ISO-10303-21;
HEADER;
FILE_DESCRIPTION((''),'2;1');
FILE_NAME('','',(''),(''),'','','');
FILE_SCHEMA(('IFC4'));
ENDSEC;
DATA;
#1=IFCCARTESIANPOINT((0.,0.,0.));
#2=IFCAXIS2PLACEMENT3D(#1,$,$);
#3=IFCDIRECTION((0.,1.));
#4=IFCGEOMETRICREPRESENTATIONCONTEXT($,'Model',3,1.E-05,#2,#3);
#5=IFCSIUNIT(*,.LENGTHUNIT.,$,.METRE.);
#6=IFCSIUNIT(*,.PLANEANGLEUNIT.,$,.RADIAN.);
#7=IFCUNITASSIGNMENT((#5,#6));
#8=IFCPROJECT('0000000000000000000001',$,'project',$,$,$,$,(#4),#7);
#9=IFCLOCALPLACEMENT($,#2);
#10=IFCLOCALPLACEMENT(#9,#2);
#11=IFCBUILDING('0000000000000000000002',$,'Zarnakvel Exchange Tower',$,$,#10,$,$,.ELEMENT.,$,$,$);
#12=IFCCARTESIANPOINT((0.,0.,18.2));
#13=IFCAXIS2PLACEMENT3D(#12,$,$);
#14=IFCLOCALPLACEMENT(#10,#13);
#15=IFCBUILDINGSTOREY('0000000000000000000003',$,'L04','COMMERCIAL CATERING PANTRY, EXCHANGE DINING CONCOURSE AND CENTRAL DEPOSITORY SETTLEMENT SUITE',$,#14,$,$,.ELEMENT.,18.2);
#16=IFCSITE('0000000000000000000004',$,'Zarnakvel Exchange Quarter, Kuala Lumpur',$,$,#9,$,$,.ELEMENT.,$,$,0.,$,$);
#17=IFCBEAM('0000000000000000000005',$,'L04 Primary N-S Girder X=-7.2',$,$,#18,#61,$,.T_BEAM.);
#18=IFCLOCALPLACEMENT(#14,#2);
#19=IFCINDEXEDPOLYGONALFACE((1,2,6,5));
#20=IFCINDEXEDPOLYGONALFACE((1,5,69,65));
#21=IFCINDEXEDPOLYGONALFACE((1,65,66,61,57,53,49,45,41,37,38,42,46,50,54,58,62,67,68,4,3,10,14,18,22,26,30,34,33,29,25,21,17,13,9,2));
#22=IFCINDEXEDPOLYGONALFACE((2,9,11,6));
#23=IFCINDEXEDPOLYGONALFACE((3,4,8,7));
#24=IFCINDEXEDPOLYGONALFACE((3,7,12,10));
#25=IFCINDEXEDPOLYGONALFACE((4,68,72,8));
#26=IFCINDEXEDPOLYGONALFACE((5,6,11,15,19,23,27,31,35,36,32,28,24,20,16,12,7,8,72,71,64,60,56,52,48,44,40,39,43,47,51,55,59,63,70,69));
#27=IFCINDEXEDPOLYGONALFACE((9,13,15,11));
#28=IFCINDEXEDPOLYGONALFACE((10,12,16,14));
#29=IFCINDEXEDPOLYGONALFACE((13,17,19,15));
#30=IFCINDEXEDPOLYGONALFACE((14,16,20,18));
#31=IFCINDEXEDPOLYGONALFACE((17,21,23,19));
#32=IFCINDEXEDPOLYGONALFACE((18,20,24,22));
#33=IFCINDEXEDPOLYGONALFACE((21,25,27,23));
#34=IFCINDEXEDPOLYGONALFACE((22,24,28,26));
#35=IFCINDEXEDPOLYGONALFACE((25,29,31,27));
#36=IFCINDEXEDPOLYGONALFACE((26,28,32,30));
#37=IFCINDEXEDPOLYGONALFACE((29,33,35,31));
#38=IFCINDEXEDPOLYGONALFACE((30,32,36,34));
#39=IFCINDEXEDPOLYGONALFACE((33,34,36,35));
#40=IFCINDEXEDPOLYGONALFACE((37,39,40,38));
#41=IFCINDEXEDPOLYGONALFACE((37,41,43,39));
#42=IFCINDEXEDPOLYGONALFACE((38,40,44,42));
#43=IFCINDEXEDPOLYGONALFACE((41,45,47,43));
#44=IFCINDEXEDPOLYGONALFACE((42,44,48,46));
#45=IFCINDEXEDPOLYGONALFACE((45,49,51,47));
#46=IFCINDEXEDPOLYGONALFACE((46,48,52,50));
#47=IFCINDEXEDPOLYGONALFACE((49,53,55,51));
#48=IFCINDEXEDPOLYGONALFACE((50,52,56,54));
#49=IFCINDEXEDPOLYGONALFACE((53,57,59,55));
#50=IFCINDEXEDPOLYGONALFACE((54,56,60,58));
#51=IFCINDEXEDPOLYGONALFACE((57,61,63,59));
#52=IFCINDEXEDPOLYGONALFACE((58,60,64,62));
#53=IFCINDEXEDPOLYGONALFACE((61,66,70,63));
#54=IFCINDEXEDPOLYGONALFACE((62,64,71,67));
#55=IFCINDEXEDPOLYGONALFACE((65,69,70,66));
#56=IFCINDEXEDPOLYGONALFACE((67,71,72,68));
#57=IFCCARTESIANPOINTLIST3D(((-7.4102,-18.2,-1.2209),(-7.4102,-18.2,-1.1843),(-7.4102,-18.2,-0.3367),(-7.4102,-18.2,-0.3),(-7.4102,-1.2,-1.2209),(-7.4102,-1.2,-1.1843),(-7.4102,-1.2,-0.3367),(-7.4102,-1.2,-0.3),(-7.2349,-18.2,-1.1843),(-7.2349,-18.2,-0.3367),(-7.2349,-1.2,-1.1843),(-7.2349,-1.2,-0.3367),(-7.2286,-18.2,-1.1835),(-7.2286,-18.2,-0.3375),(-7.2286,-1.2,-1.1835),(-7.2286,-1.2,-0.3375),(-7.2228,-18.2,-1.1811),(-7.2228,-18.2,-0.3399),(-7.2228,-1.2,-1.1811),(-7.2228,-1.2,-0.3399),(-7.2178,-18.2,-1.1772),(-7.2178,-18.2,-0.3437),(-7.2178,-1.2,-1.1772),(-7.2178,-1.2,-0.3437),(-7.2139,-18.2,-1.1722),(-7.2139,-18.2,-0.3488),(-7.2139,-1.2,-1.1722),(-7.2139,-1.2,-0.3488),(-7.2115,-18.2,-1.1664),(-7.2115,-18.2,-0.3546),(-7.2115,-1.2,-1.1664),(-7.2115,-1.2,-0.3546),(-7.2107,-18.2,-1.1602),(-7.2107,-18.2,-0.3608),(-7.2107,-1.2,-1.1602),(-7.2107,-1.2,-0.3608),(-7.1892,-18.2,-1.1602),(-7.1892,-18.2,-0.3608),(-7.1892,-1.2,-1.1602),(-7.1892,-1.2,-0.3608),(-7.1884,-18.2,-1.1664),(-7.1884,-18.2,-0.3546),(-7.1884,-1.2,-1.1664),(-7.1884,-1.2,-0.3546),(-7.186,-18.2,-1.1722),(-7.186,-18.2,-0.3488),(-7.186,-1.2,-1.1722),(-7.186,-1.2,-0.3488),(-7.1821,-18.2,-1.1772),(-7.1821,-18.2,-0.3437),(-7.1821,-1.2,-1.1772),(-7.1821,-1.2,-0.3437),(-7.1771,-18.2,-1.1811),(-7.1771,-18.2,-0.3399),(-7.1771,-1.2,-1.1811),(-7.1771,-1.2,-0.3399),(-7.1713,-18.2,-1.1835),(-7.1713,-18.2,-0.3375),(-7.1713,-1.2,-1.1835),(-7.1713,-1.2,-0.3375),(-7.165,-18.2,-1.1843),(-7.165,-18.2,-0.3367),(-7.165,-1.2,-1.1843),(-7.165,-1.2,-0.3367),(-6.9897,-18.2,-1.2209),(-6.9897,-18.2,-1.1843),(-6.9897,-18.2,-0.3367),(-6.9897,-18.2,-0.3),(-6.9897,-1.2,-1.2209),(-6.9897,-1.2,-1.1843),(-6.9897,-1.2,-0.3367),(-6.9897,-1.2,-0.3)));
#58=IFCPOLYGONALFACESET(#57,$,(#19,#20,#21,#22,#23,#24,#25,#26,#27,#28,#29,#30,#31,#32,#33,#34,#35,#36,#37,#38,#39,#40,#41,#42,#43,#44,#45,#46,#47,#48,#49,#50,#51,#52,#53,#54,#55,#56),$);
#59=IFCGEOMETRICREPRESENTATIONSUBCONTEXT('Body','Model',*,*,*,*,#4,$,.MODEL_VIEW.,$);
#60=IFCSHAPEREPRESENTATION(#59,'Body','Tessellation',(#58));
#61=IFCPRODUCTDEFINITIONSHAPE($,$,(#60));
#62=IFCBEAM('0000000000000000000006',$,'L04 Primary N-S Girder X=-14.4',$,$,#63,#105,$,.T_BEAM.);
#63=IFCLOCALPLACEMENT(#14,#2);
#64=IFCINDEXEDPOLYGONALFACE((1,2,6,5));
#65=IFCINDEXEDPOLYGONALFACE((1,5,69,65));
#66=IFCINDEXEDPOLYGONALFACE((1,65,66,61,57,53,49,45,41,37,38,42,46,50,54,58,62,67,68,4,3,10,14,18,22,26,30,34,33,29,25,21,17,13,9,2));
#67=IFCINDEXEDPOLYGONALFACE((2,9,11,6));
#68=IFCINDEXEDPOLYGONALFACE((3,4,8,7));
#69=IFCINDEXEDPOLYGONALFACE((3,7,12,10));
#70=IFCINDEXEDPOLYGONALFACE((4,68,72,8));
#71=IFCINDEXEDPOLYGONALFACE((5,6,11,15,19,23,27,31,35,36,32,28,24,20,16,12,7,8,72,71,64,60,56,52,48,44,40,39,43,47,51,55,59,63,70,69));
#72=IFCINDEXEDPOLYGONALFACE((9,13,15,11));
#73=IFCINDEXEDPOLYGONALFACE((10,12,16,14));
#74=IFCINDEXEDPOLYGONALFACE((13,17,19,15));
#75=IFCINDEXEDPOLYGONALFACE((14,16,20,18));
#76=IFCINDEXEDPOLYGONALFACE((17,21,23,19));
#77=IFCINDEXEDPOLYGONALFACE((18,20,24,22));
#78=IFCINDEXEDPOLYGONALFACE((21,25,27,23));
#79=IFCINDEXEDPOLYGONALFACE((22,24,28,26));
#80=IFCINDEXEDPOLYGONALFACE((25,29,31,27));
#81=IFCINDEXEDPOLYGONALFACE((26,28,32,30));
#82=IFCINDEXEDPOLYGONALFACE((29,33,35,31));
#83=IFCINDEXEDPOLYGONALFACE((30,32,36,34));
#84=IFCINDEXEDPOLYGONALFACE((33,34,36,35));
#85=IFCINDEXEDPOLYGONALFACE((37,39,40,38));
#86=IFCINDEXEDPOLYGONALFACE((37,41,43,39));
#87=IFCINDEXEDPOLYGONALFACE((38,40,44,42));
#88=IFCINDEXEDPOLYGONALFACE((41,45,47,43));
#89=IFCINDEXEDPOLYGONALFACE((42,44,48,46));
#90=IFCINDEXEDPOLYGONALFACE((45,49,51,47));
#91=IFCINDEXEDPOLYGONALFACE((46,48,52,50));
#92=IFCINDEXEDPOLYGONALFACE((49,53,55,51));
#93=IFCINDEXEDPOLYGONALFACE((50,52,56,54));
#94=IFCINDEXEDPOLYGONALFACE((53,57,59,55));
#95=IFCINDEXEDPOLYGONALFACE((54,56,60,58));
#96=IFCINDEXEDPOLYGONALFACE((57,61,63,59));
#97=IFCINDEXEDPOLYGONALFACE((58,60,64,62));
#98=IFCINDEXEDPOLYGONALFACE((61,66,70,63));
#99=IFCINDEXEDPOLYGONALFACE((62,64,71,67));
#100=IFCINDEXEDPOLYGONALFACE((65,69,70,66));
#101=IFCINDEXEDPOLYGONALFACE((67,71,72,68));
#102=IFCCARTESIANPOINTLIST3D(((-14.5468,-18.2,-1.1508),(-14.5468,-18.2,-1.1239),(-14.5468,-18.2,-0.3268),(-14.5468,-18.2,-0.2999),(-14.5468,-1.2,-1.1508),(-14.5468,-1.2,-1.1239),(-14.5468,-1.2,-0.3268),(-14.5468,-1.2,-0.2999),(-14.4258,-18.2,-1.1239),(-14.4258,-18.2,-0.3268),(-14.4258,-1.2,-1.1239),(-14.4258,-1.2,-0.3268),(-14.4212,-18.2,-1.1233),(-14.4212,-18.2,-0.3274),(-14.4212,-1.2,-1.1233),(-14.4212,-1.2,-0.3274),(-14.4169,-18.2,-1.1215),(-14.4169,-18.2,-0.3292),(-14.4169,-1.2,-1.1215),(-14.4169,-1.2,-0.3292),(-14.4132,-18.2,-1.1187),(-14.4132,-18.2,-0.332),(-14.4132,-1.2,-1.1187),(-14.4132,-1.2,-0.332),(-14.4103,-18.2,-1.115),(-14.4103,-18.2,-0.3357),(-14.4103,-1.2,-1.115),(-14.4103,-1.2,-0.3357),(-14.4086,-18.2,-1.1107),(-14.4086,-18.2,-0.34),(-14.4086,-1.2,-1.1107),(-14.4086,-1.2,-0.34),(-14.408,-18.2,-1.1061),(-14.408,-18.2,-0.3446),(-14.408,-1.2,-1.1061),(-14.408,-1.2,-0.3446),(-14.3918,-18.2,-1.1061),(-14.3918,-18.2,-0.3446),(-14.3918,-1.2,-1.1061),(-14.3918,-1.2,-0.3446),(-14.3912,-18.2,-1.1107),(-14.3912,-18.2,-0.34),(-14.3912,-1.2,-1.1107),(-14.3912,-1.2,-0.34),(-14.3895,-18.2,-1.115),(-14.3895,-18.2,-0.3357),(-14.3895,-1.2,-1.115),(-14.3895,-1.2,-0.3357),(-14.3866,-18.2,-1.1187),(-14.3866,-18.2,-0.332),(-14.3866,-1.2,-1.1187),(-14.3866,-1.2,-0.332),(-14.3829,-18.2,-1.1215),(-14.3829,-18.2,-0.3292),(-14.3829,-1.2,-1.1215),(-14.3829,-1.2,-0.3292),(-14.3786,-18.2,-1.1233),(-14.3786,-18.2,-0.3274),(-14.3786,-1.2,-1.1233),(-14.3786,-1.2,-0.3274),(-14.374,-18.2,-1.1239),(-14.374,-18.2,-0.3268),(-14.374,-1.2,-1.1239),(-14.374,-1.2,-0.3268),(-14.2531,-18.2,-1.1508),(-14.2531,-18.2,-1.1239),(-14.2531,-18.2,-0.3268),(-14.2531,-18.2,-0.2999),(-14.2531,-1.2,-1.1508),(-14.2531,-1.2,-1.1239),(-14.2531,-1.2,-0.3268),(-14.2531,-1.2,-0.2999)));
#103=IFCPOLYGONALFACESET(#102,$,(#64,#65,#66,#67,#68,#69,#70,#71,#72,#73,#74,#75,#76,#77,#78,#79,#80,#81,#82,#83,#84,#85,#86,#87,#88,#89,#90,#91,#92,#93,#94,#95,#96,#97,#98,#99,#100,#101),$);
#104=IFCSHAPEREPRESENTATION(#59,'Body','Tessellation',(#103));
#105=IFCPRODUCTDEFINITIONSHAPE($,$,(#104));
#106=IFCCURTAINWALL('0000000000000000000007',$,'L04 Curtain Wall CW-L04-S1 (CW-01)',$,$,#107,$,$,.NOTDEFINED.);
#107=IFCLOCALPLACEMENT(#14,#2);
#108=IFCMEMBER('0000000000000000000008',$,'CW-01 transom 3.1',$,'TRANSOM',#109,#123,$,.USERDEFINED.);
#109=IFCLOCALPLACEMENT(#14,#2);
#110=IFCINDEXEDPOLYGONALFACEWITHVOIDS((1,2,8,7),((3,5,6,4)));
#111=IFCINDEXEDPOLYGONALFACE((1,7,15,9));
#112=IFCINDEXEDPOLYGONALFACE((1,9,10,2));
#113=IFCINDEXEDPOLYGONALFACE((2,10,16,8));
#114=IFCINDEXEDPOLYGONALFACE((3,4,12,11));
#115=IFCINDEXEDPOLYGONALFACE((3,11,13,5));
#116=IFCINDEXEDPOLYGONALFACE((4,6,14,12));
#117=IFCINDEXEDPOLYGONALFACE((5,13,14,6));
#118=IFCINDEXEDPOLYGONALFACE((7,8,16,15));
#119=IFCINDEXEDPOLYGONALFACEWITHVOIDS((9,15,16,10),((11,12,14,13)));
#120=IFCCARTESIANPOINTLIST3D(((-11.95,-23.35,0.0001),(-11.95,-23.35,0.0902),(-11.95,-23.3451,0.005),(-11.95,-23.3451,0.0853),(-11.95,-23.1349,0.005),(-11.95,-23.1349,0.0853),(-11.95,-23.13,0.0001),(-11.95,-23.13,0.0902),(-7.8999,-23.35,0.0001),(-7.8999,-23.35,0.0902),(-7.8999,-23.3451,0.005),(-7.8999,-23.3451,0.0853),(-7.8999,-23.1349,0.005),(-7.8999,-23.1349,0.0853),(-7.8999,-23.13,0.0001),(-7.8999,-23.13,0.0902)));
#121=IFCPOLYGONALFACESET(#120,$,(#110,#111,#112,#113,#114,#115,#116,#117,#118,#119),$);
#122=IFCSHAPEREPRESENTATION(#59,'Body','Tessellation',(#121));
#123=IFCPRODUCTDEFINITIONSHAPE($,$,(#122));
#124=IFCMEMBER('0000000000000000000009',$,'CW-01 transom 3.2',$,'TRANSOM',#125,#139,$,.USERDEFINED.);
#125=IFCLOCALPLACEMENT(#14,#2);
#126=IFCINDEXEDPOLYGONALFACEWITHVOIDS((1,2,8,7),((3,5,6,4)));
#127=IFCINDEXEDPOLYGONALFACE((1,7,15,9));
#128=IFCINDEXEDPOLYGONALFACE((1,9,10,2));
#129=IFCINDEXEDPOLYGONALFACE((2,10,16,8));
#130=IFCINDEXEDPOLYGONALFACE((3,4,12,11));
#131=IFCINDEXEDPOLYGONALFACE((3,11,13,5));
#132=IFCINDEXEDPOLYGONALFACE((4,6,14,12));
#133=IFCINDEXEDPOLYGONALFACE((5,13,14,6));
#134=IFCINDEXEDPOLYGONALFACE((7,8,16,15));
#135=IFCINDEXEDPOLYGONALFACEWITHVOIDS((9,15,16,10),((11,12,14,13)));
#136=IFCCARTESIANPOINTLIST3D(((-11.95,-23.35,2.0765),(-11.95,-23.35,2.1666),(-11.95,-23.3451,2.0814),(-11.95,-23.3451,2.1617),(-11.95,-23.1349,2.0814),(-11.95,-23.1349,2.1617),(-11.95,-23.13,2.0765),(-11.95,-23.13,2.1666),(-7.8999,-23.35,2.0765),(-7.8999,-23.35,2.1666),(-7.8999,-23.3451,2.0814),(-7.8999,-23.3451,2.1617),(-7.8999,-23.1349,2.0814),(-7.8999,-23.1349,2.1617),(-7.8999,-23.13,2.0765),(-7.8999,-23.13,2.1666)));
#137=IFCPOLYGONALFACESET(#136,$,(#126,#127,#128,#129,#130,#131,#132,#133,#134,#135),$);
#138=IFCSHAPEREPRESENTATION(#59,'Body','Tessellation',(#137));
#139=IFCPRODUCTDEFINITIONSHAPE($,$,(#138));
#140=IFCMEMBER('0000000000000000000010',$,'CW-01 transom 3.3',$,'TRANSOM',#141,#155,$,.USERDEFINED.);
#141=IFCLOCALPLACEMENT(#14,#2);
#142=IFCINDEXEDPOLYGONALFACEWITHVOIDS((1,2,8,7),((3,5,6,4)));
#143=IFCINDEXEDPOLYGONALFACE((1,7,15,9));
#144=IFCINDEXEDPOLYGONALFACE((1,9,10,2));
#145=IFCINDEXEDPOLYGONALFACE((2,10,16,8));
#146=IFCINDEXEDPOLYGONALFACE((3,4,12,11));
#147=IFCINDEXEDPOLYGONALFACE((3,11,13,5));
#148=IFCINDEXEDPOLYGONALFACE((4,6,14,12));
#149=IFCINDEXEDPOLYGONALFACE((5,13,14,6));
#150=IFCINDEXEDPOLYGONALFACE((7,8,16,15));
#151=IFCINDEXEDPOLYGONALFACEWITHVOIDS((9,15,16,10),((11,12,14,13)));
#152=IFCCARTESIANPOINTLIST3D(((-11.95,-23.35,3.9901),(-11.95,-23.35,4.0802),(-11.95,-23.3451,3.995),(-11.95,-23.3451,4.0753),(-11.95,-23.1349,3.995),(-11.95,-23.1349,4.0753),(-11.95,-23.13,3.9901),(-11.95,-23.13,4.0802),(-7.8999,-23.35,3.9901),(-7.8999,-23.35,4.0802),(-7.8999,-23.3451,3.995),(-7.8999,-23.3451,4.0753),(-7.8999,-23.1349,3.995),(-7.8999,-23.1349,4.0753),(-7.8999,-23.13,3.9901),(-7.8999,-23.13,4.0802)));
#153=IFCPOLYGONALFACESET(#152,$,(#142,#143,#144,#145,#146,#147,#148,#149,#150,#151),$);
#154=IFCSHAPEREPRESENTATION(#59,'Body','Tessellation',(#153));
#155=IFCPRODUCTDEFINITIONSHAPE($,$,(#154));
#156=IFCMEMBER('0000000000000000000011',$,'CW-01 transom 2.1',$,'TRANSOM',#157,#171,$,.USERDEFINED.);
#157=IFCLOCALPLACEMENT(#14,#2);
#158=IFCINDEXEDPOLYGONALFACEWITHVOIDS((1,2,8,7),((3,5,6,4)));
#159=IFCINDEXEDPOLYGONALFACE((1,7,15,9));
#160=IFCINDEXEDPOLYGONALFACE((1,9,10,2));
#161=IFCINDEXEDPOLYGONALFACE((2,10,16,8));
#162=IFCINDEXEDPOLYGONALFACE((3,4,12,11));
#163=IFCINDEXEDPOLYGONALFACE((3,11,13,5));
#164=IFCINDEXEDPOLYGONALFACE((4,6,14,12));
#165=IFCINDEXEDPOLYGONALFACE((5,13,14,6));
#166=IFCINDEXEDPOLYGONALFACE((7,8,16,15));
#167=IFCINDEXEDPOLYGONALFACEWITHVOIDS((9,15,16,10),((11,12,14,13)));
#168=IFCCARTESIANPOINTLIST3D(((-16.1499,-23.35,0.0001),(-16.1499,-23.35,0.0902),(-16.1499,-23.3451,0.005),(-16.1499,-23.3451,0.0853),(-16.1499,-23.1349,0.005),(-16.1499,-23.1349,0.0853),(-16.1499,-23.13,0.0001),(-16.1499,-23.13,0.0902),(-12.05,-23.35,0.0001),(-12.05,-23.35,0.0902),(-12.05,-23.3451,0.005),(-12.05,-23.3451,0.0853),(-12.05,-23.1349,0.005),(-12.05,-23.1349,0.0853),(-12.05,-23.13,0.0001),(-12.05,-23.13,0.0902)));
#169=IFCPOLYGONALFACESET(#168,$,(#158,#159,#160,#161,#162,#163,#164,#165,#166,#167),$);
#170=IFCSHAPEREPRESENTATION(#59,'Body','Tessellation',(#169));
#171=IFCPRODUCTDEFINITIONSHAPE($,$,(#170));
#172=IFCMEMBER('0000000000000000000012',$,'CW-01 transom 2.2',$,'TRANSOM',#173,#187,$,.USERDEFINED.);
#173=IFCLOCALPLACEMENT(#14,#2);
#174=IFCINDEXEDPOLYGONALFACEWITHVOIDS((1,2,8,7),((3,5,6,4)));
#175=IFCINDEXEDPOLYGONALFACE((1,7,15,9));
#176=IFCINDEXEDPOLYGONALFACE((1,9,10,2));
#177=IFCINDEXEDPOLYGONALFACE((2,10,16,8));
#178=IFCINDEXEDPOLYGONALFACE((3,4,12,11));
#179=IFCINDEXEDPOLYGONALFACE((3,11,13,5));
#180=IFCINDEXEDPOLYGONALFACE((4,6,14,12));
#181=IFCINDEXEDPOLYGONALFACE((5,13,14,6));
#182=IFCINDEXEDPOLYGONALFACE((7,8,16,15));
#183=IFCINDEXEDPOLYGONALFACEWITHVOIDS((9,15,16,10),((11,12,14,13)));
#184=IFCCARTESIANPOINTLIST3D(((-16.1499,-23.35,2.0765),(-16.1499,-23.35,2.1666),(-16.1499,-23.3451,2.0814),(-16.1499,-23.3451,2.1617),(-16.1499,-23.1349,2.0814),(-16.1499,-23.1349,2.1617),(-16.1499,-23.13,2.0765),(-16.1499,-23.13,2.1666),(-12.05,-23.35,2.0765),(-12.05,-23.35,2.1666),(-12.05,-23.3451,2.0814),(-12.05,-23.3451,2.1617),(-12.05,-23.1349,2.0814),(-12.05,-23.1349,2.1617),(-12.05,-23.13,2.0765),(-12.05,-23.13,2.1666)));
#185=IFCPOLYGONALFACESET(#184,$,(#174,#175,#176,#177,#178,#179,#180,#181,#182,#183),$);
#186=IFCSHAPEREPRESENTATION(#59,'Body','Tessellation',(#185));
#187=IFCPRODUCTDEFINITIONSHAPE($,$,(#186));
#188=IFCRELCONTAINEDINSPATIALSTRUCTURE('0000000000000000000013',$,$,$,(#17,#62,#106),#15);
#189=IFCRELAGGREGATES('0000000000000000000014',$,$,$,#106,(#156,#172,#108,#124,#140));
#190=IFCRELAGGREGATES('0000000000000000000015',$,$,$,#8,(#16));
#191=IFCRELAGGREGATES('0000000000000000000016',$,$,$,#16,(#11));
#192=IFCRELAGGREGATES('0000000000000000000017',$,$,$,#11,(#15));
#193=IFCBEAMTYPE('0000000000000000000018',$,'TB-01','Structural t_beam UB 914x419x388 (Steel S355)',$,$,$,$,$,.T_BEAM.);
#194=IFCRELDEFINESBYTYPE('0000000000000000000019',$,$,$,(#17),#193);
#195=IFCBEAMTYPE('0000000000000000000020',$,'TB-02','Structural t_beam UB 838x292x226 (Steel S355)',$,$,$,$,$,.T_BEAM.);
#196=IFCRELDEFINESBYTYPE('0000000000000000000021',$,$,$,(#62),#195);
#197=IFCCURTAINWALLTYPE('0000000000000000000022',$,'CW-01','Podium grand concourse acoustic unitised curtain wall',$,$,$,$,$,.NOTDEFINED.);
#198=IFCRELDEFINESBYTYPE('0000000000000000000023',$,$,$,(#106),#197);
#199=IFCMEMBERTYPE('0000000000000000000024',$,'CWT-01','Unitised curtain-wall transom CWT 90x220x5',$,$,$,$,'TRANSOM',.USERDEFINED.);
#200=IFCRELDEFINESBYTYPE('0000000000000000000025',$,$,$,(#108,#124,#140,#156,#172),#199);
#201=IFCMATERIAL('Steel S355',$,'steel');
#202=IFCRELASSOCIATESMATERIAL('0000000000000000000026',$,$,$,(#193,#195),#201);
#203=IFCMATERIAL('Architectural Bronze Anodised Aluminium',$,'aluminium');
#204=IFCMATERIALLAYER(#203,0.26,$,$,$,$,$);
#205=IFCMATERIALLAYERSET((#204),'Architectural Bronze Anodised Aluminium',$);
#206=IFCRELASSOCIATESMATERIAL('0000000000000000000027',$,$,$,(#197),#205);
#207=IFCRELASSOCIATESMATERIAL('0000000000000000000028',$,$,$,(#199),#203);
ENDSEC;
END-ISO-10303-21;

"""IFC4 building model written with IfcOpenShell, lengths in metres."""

from ifc_helpers import new_model, si_unit, direction, frame, origin, origin_2d, place, context, subcontext, project, spatial, hollow_rectangle, i_section, extrude, source, transform, mapped, material, layer, layer_set, material_profile, profile_set, type_object, element, aggregate, save


model = new_model("IFC4")

# Units and contexts
model_context = context("Model", 3, precision=1e-05, world=origin(), true_north=direction((0.0, 1.0)))
body_context = subcontext(model_context, "Body", "Model", "MODEL_VIEW")
ifc_project = project(units=[si_unit("LENGTHUNIT", "METRE"), si_unit("PLANEANGLEUNIT", "RADIAN")], contexts=[model_context])

# Site, building, storey
site_placement = place(None, origin())
site = spatial("IfcSite", under=ifc_project, at=site_placement, Name="Zarnakvel Exchange Quarter, Kuala Lumpur", CompositionType="ELEMENT", RefElevation=0.0)
building_placement = place(site_placement, origin())
building = spatial("IfcBuilding", under=site, at=building_placement, Name="Zarnakvel Exchange Tower", CompositionType="ELEMENT")
storey_placement = place(building_placement, frame((0.0, 0.0, 18.2)))
storey = spatial("IfcBuildingStorey", under=building, at=storey_placement, Name="L04", Description="COMMERCIAL CATERING PANTRY, EXCHANGE DINING CONCOURSE AND CENTRAL DEPOSITORY SETTLEMENT SUITE", CompositionType="ELEMENT", Elevation=18.2)

# Beams
ifc_material_1 = material(Name="Steel S355", Category="steel")
ifc_material_profile_1 = material_profile(ifc_material_1, i_section(OverallWidth=0.4204, OverallDepth=0.9209, WebThickness=0.0215, FlangeThickness=0.0366, FilletRadius=0.0242, at=origin_2d()))
ifc_profile_set_1 = profile_set([ifc_material_profile_1], Name="Steel S355")
beam_type_1 = type_object("IfcBeamType", Name="TB-01", Description="Structural t_beam UB 914x419x388 (Steel S355)", PredefinedType="T_BEAM", material=ifc_profile_set_1)
beam_1_placement = place(storey_placement, frame((-7.2, -18.2, -0.7605), z_axis=(0.0, 1.0, 0.0), x_axis=(-1.0, 0.0, 0.0)))
element("IfcBeam", 1, at=beam_1_placement, inside=storey, type_object=beam_type_1, Name="L04 Primary N-S Girder X=-7.2", PredefinedType="T_BEAM", context=body_context, shape_type="SweptSolid", body=[
    extrude(i_section(OverallWidth=0.4204, OverallDepth=0.9209, WebThickness=0.0215, FlangeThickness=0.0366, FilletRadius=0.0242, at=origin_2d()), origin(), (0.0, 0.0, 1.0), 17.0),
])
ifc_material_profile_2 = material_profile(ifc_material_1, i_section(OverallWidth=0.2937, OverallDepth=0.8508, WebThickness=0.0161, FlangeThickness=0.0269, FilletRadius=0.0178, at=origin_2d()))
ifc_profile_set_2 = profile_set([ifc_material_profile_2], Name="Steel S355")
beam_type_2 = type_object("IfcBeamType", Name="TB-02", Description="Structural t_beam UB 838x292x226 (Steel S355)", PredefinedType="T_BEAM", material=ifc_profile_set_2)
beam_2_placement = place(storey_placement, frame((-14.3999, -18.2, -0.7253), z_axis=(0.0, 1.0, 0.0), x_axis=(-1.0, 0.0, 0.0)))
element("IfcBeam", 2, at=beam_2_placement, inside=storey, type_object=beam_type_2, Name="L04 Primary N-S Girder X=-14.4", PredefinedType="T_BEAM", context=body_context, shape_type="SweptSolid", body=[
    extrude(i_section(OverallWidth=0.2937, OverallDepth=0.8508, WebThickness=0.0161, FlangeThickness=0.0269, FilletRadius=0.0178, at=origin_2d()), origin(), (0.0, 0.0, 1.0), 17.0),
])

# Curtain wall, members
ifc_material_2 = material(Name="Architectural Bronze Anodised Aluminium", Category="aluminium")
ifc_layer_1 = layer(ifc_material_2, 0.26)
ifc_layer_set_1 = layer_set([ifc_layer_1], Name="Architectural Bronze Anodised Aluminium")
curtain_wall_type = type_object("IfcCurtainWallType", Name="CW-01", Description="Podium grand concourse acoustic unitised curtain wall", PredefinedType="NOTDEFINED", material=ifc_layer_set_1)
curtain_wall_placement = place(storey_placement, origin())
curtain_wall = element("IfcCurtainWall", 3, at=curtain_wall_placement, inside=storey, type_object=curtain_wall_type, Name="L04 Curtain Wall CW-L04-S1 (CW-01)", PredefinedType="NOTDEFINED")
ifc_material_profile_3 = material_profile(ifc_material_2, hollow_rectangle(XDim=0.22, YDim=0.0901, WallThickness=0.0049, at=origin_2d()))
ifc_profile_set_3 = profile_set([ifc_material_profile_3], Name="Architectural Bronze Anodised Aluminium")
member_type_1 = type_object("IfcMemberType", Name="CWT-01", Description="Unitised curtain-wall transom CWT 90x220x5", ElementType="TRANSOM", PredefinedType="USERDEFINED", material=ifc_profile_set_3)
shared_shape_1 = source(origin(), body_context, "Body", "SweptSolid", [
    extrude(hollow_rectangle(XDim=0.22, YDim=0.0901, WallThickness=0.0049, at=origin_2d()), origin(), (0.0, 0.0, 1.0), 4.05),
])
member_1_placement = place(storey_placement, frame((-11.95, -23.24, 0.0452), z_axis=(1.0, 0.0, 0.0), x_axis=(0.0, 1.0, 0.0)))
member_1 = element("IfcMember", 4, at=member_1_placement, type_object=member_type_1, Name="CW-01 transom 3.1", ObjectType="TRANSOM", PredefinedType="USERDEFINED", context=body_context, shape_type="MappedRepresentation", body=[
    mapped(shared_shape_1, transform((0.0, 0.0, 0.0), x_axis=(1.0, 0.0, 0.0), y_axis=(0.0, 1.0, 0.0), z_axis=(0.0, 0.0, 1.0), scale=1.0)),
])
member_2_placement = place(storey_placement, frame((-11.95, -23.24, 2.1216), z_axis=(1.0, 0.0, 0.0), x_axis=(0.0, 1.0, 0.0)))
member_2 = element("IfcMember", 5, at=member_2_placement, type_object=member_type_1, Name="CW-01 transom 3.2", ObjectType="TRANSOM", PredefinedType="USERDEFINED", context=body_context, shape_type="MappedRepresentation", body=[
    mapped(shared_shape_1, transform((0.0, 0.0, 0.0), x_axis=(1.0, 0.0, 0.0), y_axis=(0.0, 1.0, 0.0), z_axis=(0.0, 0.0, 1.0), scale=1.0)),
])
member_3_placement = place(storey_placement, frame((-11.95, -23.24, 4.0352), z_axis=(1.0, 0.0, 0.0), x_axis=(0.0, 1.0, 0.0)))
member_3 = element("IfcMember", 6, at=member_3_placement, type_object=member_type_1, Name="CW-01 transom 3.3", ObjectType="TRANSOM", PredefinedType="USERDEFINED", context=body_context, shape_type="MappedRepresentation", body=[
    mapped(shared_shape_1, transform((0.0, 0.0, 0.0), x_axis=(1.0, 0.0, 0.0), y_axis=(0.0, 1.0, 0.0), z_axis=(0.0, 0.0, 1.0), scale=1.0)),
])
shared_shape_2 = source(origin(), body_context, "Body", "SweptSolid", [
    extrude(hollow_rectangle(XDim=0.22, YDim=0.0901, WallThickness=0.0049, at=origin_2d()), origin(), (0.0, 0.0, 1.0), 4.0999),
])
member_4_placement = place(storey_placement, frame((-16.1499, -23.24, 0.0452), z_axis=(1.0, 0.0, 0.0), x_axis=(0.0, 1.0, 0.0)))
member_4 = element("IfcMember", 7, at=member_4_placement, type_object=member_type_1, Name="CW-01 transom 2.1", ObjectType="TRANSOM", PredefinedType="USERDEFINED", context=body_context, shape_type="MappedRepresentation", body=[
    mapped(shared_shape_2, transform((0.0, 0.0, 0.0), x_axis=(1.0, 0.0, 0.0), y_axis=(0.0, 1.0, 0.0), z_axis=(0.0, 0.0, 1.0), scale=1.0)),
])
member_5_placement = place(storey_placement, frame((-16.1499, -23.24, 2.1216), z_axis=(1.0, 0.0, 0.0), x_axis=(0.0, 1.0, 0.0)))
member_5 = element("IfcMember", 8, at=member_5_placement, type_object=member_type_1, Name="CW-01 transom 2.2", ObjectType="TRANSOM", PredefinedType="USERDEFINED", context=body_context, shape_type="MappedRepresentation", body=[
    mapped(shared_shape_2, transform((0.0, 0.0, 0.0), x_axis=(1.0, 0.0, 0.0), y_axis=(0.0, 1.0, 0.0), z_axis=(0.0, 0.0, 1.0), scale=1.0)),
])
aggregate(curtain_wall, [member_4, member_5, member_1, member_2, member_3])

save(model, "model.ifc")
